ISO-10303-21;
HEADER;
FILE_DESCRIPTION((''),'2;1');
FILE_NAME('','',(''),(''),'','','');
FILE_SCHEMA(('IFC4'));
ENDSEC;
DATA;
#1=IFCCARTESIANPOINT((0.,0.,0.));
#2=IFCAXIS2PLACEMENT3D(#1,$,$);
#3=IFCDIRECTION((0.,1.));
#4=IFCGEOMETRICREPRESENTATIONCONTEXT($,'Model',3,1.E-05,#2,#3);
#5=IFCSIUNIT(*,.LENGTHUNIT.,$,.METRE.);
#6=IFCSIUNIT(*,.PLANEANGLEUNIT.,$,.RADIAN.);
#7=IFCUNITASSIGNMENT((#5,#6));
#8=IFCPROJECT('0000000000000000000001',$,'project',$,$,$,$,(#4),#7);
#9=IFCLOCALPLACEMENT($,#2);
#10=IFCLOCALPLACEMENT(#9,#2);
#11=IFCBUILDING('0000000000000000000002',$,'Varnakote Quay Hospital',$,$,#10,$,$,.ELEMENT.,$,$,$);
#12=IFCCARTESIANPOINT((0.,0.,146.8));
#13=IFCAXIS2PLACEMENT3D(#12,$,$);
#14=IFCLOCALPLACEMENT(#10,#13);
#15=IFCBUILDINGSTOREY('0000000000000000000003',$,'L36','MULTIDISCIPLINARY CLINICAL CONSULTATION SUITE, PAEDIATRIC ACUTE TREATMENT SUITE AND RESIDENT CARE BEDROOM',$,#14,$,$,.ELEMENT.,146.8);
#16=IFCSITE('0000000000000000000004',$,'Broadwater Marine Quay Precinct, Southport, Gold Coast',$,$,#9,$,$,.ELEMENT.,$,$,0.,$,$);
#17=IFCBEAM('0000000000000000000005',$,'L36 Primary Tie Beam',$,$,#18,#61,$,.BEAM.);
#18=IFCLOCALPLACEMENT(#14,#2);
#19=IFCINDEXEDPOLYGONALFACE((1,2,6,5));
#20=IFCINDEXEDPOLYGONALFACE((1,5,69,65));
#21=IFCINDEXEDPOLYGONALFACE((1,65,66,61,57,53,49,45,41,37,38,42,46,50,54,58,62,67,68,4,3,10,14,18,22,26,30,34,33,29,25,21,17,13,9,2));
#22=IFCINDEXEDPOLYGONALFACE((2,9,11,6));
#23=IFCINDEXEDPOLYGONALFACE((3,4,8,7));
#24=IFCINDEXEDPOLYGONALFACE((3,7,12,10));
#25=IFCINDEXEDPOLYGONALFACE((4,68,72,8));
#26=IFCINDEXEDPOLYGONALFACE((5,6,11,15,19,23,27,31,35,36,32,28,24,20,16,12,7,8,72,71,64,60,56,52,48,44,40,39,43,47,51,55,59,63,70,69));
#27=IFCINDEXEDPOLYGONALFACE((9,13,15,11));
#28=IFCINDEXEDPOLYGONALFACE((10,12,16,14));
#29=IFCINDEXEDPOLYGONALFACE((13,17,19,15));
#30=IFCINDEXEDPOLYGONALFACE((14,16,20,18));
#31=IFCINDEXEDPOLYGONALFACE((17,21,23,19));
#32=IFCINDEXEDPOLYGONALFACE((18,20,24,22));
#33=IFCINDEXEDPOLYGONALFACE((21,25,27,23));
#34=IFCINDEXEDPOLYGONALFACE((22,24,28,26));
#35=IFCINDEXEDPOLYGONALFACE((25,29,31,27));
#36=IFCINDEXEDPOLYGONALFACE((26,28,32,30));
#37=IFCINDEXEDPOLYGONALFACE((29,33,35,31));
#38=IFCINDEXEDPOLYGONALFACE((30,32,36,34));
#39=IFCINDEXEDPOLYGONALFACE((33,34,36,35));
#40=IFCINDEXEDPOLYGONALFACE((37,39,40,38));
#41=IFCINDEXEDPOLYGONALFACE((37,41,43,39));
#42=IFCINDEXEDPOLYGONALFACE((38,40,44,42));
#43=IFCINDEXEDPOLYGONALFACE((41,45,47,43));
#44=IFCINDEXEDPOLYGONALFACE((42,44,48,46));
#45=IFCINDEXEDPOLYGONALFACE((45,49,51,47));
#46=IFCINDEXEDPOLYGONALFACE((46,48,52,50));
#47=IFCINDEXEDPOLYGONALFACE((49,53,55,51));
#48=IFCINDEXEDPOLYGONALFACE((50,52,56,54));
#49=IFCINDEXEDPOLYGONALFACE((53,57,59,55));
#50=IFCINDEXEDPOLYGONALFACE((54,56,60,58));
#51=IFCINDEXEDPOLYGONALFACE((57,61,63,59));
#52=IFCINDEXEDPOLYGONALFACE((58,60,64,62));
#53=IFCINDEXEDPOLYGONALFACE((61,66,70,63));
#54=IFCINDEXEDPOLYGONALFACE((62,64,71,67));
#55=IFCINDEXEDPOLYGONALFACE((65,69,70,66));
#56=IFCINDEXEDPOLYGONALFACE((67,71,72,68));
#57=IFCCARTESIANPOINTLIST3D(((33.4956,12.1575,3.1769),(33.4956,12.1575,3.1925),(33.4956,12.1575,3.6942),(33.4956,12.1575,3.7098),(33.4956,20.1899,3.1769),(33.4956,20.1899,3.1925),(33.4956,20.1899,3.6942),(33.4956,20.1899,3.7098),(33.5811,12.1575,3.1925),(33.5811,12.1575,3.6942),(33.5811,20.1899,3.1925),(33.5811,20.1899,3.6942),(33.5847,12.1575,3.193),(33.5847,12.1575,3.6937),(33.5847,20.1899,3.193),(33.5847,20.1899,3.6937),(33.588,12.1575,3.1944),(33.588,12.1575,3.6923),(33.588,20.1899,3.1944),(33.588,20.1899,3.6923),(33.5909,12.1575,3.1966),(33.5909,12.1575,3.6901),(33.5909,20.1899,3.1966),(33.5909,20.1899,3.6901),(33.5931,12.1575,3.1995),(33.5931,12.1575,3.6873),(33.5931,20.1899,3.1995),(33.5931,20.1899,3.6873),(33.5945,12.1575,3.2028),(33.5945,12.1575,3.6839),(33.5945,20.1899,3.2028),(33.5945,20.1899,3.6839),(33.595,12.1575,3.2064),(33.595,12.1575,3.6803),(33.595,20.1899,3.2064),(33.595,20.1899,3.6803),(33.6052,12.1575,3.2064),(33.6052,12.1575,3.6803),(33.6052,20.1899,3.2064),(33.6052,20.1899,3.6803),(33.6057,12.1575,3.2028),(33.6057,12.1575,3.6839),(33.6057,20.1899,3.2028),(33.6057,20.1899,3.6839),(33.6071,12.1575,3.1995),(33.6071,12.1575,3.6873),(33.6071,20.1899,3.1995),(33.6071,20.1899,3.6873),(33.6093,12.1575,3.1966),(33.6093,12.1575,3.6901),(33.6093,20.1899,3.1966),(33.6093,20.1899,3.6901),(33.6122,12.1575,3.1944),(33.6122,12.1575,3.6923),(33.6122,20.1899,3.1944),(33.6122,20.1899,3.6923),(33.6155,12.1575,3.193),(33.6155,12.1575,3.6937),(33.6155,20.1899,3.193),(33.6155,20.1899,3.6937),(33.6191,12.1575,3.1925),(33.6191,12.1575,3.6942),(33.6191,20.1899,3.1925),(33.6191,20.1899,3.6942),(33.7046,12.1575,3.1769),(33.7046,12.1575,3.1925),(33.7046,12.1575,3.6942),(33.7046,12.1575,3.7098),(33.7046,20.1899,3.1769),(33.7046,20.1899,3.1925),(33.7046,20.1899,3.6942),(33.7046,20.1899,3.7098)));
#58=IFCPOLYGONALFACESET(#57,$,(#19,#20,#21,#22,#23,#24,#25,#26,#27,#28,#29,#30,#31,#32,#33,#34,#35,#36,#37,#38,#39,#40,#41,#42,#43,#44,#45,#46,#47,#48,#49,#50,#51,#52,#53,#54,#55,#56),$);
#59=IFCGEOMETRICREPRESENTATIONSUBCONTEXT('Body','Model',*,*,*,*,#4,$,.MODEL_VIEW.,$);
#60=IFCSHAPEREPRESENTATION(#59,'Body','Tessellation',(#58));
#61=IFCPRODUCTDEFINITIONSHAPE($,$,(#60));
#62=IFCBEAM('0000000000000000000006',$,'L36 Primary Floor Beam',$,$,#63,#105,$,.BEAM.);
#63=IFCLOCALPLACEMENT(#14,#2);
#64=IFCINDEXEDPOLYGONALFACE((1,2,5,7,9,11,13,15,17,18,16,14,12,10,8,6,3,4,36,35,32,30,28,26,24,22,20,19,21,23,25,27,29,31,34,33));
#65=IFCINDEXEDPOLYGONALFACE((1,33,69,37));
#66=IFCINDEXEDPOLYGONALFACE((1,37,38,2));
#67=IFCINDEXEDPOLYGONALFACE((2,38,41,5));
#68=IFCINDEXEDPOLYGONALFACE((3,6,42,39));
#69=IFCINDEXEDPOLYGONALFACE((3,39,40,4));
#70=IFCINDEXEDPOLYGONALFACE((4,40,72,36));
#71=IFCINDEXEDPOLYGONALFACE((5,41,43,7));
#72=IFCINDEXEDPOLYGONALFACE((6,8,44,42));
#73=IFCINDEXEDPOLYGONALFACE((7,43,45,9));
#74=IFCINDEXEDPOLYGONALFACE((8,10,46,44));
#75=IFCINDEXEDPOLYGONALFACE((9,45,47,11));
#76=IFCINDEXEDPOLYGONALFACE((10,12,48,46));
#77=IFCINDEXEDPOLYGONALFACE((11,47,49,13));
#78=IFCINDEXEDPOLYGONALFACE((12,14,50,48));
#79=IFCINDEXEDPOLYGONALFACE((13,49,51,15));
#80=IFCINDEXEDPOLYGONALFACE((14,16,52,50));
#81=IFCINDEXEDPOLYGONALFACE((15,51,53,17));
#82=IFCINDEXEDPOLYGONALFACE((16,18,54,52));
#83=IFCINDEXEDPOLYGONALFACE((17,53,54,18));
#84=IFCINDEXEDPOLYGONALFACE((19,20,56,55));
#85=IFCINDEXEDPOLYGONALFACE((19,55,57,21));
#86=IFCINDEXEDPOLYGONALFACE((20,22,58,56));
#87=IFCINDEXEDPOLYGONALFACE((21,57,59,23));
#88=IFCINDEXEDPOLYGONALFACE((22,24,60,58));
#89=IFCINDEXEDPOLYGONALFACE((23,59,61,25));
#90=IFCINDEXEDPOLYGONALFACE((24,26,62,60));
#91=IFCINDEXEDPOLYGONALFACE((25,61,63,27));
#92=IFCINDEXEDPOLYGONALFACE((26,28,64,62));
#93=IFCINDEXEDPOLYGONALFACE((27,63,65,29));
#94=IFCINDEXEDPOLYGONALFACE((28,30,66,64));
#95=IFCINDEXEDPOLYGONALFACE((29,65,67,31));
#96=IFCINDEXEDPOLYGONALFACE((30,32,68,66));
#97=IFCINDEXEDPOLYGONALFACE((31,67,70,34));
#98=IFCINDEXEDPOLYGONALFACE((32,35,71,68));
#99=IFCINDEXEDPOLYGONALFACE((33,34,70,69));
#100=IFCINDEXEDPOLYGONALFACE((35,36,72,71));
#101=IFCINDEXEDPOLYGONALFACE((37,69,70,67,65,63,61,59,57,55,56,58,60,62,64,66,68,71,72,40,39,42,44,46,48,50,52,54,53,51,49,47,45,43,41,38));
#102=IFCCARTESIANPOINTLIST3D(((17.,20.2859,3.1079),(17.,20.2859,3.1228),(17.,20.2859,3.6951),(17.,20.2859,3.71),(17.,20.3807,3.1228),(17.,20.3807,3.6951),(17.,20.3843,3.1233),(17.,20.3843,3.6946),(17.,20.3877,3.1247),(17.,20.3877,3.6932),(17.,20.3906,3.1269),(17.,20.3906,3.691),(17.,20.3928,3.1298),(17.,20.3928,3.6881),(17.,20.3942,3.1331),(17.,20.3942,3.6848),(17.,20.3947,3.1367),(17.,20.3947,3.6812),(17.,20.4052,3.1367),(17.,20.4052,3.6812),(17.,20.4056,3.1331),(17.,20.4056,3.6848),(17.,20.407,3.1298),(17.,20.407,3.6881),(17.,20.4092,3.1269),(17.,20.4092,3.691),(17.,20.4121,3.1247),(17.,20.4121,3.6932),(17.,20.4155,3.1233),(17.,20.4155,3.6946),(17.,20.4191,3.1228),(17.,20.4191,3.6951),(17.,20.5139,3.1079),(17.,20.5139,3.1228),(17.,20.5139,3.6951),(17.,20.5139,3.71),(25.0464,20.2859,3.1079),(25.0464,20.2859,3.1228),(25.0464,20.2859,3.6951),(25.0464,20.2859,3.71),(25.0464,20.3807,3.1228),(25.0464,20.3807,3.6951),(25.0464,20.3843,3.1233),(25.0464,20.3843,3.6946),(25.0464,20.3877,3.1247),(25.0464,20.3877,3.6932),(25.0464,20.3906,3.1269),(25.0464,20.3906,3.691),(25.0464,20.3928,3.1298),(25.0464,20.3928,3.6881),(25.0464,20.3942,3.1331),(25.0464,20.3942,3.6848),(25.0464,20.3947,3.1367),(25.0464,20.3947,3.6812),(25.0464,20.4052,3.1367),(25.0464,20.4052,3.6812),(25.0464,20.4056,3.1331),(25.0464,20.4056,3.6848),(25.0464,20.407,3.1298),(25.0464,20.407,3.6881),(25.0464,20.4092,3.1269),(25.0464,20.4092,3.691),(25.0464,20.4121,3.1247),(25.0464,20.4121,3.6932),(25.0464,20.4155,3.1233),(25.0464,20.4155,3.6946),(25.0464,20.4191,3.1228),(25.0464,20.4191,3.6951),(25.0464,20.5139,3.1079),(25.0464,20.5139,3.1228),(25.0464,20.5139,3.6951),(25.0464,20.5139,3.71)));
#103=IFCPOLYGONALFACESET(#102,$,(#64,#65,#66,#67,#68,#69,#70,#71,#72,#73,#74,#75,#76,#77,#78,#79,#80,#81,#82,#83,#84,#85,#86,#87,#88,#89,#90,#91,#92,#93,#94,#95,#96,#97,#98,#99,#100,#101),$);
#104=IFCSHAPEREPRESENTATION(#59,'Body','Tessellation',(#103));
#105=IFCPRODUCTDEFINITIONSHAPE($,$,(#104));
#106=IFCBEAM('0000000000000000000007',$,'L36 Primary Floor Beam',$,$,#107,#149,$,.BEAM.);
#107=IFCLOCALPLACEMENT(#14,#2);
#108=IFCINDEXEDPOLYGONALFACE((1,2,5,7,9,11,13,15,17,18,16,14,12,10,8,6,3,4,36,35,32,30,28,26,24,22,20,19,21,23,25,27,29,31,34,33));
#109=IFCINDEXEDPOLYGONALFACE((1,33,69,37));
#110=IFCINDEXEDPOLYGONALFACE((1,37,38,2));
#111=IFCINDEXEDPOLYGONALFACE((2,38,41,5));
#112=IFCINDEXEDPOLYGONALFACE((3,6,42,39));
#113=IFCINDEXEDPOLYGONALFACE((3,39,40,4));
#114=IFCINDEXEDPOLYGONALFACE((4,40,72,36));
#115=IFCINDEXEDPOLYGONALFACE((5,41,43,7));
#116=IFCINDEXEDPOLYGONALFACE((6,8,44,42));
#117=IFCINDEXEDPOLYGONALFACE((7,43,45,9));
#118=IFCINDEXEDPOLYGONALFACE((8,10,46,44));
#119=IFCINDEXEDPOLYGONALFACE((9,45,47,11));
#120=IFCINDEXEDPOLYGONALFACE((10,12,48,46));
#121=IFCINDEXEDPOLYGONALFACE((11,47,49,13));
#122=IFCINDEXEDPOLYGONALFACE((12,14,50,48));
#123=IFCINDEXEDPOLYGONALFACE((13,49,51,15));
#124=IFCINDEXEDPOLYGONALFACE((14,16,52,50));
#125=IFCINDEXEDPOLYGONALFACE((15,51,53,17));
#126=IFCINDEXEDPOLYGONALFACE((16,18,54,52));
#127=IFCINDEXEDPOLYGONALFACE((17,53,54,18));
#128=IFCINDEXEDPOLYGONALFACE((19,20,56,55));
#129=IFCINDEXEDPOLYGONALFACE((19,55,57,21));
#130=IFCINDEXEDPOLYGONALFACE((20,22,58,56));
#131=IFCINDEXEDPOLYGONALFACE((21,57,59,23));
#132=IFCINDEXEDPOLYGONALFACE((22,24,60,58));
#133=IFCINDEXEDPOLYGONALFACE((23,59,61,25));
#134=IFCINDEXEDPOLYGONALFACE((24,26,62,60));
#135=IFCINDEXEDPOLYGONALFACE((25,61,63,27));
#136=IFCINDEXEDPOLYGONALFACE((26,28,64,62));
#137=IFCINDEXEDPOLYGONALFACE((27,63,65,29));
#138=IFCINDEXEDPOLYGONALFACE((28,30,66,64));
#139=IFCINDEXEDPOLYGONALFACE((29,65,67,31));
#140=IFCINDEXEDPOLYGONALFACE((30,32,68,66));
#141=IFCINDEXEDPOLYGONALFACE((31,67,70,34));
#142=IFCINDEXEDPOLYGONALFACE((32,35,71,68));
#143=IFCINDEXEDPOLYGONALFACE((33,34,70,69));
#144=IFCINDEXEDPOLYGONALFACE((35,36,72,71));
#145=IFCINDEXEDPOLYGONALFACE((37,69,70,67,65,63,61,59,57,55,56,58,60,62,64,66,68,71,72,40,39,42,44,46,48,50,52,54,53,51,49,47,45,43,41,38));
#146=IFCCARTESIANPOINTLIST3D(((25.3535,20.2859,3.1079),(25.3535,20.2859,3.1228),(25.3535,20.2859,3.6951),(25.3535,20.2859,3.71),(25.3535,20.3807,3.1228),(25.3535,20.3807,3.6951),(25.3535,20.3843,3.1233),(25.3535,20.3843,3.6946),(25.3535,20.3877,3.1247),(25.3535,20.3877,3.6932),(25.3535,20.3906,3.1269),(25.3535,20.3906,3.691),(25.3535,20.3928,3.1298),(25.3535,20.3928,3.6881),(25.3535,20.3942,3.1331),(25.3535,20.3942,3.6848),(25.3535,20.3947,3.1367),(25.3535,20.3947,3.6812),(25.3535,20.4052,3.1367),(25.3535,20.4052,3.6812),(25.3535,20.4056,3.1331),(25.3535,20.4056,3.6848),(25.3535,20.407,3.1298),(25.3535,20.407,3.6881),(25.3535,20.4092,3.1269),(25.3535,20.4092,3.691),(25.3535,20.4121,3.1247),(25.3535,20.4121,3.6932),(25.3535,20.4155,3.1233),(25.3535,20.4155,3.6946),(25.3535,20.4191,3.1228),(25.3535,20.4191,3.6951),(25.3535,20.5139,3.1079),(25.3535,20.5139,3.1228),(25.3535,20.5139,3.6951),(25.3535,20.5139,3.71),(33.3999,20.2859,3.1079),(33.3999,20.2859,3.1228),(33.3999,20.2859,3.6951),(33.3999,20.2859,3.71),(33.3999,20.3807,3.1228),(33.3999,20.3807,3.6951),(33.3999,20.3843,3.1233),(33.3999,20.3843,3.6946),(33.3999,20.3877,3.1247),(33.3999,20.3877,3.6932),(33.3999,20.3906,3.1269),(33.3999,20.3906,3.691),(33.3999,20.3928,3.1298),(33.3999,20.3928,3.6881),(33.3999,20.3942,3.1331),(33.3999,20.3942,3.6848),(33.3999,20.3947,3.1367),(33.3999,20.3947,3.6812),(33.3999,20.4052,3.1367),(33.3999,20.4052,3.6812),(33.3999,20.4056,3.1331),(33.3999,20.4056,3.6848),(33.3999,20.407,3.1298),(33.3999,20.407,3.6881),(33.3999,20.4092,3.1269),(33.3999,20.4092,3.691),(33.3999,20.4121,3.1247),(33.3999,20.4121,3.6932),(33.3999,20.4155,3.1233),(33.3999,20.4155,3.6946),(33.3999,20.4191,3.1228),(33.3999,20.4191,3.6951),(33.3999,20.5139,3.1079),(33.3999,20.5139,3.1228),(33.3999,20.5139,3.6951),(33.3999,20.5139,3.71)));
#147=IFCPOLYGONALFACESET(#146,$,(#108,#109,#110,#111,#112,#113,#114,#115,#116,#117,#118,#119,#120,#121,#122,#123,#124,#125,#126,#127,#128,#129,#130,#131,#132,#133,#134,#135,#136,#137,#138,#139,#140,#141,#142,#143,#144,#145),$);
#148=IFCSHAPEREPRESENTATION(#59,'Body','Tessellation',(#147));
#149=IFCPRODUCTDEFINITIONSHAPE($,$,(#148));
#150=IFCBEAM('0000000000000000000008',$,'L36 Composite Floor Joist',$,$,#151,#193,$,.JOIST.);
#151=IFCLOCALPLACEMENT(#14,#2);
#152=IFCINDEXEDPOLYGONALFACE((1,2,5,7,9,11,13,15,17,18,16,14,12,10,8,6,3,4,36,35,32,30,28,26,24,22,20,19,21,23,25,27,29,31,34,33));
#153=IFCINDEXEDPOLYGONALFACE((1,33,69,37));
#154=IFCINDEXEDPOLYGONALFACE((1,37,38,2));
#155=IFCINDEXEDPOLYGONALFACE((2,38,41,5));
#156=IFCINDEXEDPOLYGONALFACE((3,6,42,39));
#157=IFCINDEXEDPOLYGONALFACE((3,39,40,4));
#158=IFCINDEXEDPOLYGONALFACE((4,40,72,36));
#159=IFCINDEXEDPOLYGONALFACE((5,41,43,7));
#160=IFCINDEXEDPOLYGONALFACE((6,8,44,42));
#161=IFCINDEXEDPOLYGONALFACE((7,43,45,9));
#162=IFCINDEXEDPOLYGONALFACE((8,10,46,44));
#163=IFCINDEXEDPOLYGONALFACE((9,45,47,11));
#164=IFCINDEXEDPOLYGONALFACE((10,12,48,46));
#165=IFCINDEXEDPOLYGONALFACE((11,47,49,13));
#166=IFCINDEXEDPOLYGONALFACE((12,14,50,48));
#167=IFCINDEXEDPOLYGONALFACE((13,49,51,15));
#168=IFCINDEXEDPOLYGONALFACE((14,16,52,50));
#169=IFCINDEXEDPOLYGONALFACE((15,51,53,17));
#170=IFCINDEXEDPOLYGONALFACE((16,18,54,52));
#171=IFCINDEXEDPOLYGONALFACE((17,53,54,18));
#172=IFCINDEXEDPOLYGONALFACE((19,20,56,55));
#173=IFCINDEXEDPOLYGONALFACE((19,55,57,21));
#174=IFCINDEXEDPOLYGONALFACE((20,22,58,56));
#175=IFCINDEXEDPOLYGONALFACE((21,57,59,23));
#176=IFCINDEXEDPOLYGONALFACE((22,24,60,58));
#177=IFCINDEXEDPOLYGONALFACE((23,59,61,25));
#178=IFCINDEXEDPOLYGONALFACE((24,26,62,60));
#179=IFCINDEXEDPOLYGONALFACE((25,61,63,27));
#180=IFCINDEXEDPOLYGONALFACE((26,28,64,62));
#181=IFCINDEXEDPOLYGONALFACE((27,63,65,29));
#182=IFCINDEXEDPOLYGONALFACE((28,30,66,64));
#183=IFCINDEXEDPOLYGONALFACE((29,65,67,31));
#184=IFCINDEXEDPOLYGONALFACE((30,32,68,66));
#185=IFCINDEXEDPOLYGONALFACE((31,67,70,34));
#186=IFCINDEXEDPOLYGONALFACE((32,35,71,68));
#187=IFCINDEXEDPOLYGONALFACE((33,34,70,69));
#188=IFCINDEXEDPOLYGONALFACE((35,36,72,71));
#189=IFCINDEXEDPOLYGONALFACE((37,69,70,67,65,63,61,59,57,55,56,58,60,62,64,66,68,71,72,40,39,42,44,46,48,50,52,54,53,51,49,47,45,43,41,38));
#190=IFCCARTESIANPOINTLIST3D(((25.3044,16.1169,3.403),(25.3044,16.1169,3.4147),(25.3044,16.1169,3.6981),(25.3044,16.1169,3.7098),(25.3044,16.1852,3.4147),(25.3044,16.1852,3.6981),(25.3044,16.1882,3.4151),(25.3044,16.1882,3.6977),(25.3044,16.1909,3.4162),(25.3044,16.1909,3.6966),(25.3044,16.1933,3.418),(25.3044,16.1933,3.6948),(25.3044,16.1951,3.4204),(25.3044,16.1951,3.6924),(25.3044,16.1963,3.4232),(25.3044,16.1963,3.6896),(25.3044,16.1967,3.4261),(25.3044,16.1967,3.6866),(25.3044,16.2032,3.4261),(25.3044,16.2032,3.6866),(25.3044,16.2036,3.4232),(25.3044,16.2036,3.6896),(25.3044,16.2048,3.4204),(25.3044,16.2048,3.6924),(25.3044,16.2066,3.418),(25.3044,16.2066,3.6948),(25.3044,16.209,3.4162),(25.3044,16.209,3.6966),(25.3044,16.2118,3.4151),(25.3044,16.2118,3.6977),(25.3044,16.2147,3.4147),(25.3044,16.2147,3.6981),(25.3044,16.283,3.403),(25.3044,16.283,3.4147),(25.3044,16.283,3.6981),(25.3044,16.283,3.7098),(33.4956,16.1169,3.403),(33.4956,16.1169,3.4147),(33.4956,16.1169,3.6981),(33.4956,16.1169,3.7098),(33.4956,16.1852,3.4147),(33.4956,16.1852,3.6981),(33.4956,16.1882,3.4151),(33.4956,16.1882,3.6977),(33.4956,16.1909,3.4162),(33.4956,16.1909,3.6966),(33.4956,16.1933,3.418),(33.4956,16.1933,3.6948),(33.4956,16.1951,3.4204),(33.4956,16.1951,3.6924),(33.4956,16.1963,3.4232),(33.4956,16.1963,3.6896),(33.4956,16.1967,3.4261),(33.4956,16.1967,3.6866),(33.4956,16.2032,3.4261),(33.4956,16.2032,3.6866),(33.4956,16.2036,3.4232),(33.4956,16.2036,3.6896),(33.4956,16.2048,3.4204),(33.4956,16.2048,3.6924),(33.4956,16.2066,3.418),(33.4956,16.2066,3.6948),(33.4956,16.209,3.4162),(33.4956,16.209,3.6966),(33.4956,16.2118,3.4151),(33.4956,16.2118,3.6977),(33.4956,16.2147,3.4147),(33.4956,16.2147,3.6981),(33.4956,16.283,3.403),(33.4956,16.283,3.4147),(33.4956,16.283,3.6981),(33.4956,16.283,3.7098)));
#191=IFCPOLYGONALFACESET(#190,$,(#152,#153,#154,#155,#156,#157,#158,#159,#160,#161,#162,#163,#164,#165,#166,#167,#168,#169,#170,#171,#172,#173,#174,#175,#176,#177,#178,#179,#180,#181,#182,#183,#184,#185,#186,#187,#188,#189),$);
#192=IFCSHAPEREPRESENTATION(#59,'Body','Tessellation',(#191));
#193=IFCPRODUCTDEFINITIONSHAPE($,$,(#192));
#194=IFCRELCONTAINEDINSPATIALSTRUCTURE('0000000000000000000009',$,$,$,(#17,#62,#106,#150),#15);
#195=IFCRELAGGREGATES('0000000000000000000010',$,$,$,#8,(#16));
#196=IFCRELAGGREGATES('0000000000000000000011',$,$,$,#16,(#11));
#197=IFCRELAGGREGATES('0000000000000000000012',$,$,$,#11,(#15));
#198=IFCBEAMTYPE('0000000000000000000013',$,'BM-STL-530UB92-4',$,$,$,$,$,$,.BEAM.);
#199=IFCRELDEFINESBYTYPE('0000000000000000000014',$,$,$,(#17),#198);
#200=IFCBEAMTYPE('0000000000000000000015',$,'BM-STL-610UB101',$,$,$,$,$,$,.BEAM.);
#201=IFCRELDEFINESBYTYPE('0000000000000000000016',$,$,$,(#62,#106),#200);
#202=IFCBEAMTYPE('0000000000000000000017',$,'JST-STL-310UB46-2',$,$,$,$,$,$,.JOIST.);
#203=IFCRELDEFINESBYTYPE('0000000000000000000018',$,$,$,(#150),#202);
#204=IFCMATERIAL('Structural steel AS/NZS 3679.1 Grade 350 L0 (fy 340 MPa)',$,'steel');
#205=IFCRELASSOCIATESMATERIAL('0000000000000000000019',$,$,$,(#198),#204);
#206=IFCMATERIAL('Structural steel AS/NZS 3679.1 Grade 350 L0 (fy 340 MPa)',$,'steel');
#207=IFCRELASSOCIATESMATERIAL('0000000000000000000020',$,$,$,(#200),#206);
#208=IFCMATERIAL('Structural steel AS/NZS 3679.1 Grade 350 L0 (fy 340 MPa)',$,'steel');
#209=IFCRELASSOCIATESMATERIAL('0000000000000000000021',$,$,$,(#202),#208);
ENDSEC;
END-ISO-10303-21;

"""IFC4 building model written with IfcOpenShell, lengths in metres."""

from ifc_helpers import new_model, si_unit, direction, frame, origin, origin_2d, place, context, subcontext, project, spatial, i_section, extrude, material, material_profile, profile_set, type_object, element, save


model = new_model("IFC4")

# Units and contexts
model_context = context("Model", 3, precision=1e-05, world=origin(), true_north=direction((0.0, 1.0)))
body_context = subcontext(model_context, "Body", "Model", "MODEL_VIEW")
ifc_project = project(units=[si_unit("LENGTHUNIT", "METRE"), si_unit("PLANEANGLEUNIT", "RADIAN")], contexts=[model_context])

# Site, building, storey
site_placement = place(None, origin())
site = spatial("IfcSite", under=ifc_project, at=site_placement, Name="Broadwater Marine Quay Precinct, Southport, Gold Coast", CompositionType="ELEMENT", RefElevation=0.0)
building_placement = place(site_placement, origin())
building = spatial("IfcBuilding", under=site, at=building_placement, Name="Varnakote Quay Hospital", CompositionType="ELEMENT")
storey_placement = place(building_placement, frame((0.0, 0.0, 146.8)))
storey = spatial("IfcBuildingStorey", under=building, at=storey_placement, Name="L36", Description="MULTIDISCIPLINARY CLINICAL CONSULTATION SUITE, PAEDIATRIC ACUTE TREATMENT SUITE AND RESIDENT CARE BEDROOM", CompositionType="ELEMENT", Elevation=146.8)

# Beams
ifc_material_1 = material(Name="Structural steel AS/NZS 3679.1 Grade 350 L0 (fy 340 MPa)", Category="steel")
ifc_material_profile_1 = material_profile(ifc_material_1, i_section(OverallWidth=0.209, OverallDepth=0.533, WebThickness=0.0103, FlangeThickness=0.0156, FilletRadius=0.0139, at=origin_2d()), Name="530UB92.4")
ifc_profile_set_1 = profile_set([ifc_material_profile_1], Name="Structural steel AS/NZS 3679.1 Grade 350 L0 (fy 340 MPa)")
beam_type_1 = type_object("IfcBeamType", Name="BM-STL-530UB92-4", PredefinedType="BEAM", material=ifc_profile_set_1)
beam_1_placement = place(storey_placement, frame((33.6001, 12.1575, 3.4434), z_axis=(0.0, 1.0, 0.0), x_axis=(-1.0, 0.0, 0.0)))
element("IfcBeam", 1, at=beam_1_placement, inside=storey, type_object=beam_type_1, Name="L36 Primary Tie Beam", PredefinedType="BEAM", context=body_context, shape_type="SweptSolid", body=[
    extrude(i_section(OverallWidth=0.209, OverallDepth=0.533, WebThickness=0.0103, FlangeThickness=0.0156, FilletRadius=0.0139, at=origin_2d()), origin(), (0.0, 0.0, 1.0), 8.0325),
])
ifc_material_2 = material(Name="Structural steel AS/NZS 3679.1 Grade 350 L0 (fy 340 MPa)", Category="steel")
ifc_material_profile_2 = material_profile(ifc_material_2, i_section(OverallWidth=0.228, OverallDepth=0.6021, WebThickness=0.0105, FlangeThickness=0.0149, FilletRadius=0.0139, at=origin_2d()), Name="610UB101")
ifc_profile_set_2 = profile_set([ifc_material_profile_2], Name="Structural steel AS/NZS 3679.1 Grade 350 L0 (fy 340 MPa)")
beam_type_2 = type_object("IfcBeamType", Name="BM-STL-610UB101", PredefinedType="BEAM", material=ifc_profile_set_2)
for number, where, z_axis, x_axis, name in (
    (2, (17.0, 20.3999, 3.4089), (1.0, 0.0, 0.0), (0.0, 1.0, 0.0), "L36 Primary Floor Beam"),
    (3, (25.3535, 20.3999, 3.4089), (1.0, 0.0, 0.0), (0.0, 1.0, 0.0), "L36 Primary Floor Beam"),
):
    element("IfcBeam", number, at=place(storey_placement, frame(where, z_axis=z_axis, x_axis=x_axis)), inside=storey, type_object=beam_type_2, Name=name, PredefinedType="BEAM", context=body_context, shape_type="SweptSolid", body=[
        extrude(i_section(OverallWidth=0.228, OverallDepth=0.6021, WebThickness=0.0105, FlangeThickness=0.0149, FilletRadius=0.0139, at=origin_2d()), origin(), (0.0, 0.0, 1.0), 8.0464),
    ])
ifc_material_3 = material(Name="Structural steel AS/NZS 3679.1 Grade 350 L0 (fy 340 MPa)", Category="steel")
ifc_material_profile_3 = material_profile(ifc_material_3, i_section(OverallWidth=0.166, OverallDepth=0.3069, WebThickness=0.0066, FlangeThickness=0.0117, FilletRadius=0.0115, at=origin_2d()), Name="310UB46.2")
ifc_profile_set_3 = profile_set([ifc_material_profile_3], Name="Structural steel AS/NZS 3679.1 Grade 350 L0 (fy 340 MPa)")
beam_type_3 = type_object("IfcBeamType", Name="JST-STL-310UB46-2", PredefinedType="JOIST", material=ifc_profile_set_3)
beam_2_placement = place(storey_placement, frame((25.3044, 16.2, 3.5564), z_axis=(1.0, 0.0, 0.0), x_axis=(0.0, 1.0, 0.0)))
element("IfcBeam", 4, at=beam_2_placement, inside=storey, type_object=beam_type_3, Name="L36 Composite Floor Joist", PredefinedType="JOIST", context=body_context, shape_type="SweptSolid", body=[
    extrude(i_section(OverallWidth=0.166, OverallDepth=0.3069, WebThickness=0.0066, FlangeThickness=0.0117, FilletRadius=0.0115, at=origin_2d()), origin(), (0.0, 0.0, 1.0), 8.1912),
])

save(model, "model.ifc")
